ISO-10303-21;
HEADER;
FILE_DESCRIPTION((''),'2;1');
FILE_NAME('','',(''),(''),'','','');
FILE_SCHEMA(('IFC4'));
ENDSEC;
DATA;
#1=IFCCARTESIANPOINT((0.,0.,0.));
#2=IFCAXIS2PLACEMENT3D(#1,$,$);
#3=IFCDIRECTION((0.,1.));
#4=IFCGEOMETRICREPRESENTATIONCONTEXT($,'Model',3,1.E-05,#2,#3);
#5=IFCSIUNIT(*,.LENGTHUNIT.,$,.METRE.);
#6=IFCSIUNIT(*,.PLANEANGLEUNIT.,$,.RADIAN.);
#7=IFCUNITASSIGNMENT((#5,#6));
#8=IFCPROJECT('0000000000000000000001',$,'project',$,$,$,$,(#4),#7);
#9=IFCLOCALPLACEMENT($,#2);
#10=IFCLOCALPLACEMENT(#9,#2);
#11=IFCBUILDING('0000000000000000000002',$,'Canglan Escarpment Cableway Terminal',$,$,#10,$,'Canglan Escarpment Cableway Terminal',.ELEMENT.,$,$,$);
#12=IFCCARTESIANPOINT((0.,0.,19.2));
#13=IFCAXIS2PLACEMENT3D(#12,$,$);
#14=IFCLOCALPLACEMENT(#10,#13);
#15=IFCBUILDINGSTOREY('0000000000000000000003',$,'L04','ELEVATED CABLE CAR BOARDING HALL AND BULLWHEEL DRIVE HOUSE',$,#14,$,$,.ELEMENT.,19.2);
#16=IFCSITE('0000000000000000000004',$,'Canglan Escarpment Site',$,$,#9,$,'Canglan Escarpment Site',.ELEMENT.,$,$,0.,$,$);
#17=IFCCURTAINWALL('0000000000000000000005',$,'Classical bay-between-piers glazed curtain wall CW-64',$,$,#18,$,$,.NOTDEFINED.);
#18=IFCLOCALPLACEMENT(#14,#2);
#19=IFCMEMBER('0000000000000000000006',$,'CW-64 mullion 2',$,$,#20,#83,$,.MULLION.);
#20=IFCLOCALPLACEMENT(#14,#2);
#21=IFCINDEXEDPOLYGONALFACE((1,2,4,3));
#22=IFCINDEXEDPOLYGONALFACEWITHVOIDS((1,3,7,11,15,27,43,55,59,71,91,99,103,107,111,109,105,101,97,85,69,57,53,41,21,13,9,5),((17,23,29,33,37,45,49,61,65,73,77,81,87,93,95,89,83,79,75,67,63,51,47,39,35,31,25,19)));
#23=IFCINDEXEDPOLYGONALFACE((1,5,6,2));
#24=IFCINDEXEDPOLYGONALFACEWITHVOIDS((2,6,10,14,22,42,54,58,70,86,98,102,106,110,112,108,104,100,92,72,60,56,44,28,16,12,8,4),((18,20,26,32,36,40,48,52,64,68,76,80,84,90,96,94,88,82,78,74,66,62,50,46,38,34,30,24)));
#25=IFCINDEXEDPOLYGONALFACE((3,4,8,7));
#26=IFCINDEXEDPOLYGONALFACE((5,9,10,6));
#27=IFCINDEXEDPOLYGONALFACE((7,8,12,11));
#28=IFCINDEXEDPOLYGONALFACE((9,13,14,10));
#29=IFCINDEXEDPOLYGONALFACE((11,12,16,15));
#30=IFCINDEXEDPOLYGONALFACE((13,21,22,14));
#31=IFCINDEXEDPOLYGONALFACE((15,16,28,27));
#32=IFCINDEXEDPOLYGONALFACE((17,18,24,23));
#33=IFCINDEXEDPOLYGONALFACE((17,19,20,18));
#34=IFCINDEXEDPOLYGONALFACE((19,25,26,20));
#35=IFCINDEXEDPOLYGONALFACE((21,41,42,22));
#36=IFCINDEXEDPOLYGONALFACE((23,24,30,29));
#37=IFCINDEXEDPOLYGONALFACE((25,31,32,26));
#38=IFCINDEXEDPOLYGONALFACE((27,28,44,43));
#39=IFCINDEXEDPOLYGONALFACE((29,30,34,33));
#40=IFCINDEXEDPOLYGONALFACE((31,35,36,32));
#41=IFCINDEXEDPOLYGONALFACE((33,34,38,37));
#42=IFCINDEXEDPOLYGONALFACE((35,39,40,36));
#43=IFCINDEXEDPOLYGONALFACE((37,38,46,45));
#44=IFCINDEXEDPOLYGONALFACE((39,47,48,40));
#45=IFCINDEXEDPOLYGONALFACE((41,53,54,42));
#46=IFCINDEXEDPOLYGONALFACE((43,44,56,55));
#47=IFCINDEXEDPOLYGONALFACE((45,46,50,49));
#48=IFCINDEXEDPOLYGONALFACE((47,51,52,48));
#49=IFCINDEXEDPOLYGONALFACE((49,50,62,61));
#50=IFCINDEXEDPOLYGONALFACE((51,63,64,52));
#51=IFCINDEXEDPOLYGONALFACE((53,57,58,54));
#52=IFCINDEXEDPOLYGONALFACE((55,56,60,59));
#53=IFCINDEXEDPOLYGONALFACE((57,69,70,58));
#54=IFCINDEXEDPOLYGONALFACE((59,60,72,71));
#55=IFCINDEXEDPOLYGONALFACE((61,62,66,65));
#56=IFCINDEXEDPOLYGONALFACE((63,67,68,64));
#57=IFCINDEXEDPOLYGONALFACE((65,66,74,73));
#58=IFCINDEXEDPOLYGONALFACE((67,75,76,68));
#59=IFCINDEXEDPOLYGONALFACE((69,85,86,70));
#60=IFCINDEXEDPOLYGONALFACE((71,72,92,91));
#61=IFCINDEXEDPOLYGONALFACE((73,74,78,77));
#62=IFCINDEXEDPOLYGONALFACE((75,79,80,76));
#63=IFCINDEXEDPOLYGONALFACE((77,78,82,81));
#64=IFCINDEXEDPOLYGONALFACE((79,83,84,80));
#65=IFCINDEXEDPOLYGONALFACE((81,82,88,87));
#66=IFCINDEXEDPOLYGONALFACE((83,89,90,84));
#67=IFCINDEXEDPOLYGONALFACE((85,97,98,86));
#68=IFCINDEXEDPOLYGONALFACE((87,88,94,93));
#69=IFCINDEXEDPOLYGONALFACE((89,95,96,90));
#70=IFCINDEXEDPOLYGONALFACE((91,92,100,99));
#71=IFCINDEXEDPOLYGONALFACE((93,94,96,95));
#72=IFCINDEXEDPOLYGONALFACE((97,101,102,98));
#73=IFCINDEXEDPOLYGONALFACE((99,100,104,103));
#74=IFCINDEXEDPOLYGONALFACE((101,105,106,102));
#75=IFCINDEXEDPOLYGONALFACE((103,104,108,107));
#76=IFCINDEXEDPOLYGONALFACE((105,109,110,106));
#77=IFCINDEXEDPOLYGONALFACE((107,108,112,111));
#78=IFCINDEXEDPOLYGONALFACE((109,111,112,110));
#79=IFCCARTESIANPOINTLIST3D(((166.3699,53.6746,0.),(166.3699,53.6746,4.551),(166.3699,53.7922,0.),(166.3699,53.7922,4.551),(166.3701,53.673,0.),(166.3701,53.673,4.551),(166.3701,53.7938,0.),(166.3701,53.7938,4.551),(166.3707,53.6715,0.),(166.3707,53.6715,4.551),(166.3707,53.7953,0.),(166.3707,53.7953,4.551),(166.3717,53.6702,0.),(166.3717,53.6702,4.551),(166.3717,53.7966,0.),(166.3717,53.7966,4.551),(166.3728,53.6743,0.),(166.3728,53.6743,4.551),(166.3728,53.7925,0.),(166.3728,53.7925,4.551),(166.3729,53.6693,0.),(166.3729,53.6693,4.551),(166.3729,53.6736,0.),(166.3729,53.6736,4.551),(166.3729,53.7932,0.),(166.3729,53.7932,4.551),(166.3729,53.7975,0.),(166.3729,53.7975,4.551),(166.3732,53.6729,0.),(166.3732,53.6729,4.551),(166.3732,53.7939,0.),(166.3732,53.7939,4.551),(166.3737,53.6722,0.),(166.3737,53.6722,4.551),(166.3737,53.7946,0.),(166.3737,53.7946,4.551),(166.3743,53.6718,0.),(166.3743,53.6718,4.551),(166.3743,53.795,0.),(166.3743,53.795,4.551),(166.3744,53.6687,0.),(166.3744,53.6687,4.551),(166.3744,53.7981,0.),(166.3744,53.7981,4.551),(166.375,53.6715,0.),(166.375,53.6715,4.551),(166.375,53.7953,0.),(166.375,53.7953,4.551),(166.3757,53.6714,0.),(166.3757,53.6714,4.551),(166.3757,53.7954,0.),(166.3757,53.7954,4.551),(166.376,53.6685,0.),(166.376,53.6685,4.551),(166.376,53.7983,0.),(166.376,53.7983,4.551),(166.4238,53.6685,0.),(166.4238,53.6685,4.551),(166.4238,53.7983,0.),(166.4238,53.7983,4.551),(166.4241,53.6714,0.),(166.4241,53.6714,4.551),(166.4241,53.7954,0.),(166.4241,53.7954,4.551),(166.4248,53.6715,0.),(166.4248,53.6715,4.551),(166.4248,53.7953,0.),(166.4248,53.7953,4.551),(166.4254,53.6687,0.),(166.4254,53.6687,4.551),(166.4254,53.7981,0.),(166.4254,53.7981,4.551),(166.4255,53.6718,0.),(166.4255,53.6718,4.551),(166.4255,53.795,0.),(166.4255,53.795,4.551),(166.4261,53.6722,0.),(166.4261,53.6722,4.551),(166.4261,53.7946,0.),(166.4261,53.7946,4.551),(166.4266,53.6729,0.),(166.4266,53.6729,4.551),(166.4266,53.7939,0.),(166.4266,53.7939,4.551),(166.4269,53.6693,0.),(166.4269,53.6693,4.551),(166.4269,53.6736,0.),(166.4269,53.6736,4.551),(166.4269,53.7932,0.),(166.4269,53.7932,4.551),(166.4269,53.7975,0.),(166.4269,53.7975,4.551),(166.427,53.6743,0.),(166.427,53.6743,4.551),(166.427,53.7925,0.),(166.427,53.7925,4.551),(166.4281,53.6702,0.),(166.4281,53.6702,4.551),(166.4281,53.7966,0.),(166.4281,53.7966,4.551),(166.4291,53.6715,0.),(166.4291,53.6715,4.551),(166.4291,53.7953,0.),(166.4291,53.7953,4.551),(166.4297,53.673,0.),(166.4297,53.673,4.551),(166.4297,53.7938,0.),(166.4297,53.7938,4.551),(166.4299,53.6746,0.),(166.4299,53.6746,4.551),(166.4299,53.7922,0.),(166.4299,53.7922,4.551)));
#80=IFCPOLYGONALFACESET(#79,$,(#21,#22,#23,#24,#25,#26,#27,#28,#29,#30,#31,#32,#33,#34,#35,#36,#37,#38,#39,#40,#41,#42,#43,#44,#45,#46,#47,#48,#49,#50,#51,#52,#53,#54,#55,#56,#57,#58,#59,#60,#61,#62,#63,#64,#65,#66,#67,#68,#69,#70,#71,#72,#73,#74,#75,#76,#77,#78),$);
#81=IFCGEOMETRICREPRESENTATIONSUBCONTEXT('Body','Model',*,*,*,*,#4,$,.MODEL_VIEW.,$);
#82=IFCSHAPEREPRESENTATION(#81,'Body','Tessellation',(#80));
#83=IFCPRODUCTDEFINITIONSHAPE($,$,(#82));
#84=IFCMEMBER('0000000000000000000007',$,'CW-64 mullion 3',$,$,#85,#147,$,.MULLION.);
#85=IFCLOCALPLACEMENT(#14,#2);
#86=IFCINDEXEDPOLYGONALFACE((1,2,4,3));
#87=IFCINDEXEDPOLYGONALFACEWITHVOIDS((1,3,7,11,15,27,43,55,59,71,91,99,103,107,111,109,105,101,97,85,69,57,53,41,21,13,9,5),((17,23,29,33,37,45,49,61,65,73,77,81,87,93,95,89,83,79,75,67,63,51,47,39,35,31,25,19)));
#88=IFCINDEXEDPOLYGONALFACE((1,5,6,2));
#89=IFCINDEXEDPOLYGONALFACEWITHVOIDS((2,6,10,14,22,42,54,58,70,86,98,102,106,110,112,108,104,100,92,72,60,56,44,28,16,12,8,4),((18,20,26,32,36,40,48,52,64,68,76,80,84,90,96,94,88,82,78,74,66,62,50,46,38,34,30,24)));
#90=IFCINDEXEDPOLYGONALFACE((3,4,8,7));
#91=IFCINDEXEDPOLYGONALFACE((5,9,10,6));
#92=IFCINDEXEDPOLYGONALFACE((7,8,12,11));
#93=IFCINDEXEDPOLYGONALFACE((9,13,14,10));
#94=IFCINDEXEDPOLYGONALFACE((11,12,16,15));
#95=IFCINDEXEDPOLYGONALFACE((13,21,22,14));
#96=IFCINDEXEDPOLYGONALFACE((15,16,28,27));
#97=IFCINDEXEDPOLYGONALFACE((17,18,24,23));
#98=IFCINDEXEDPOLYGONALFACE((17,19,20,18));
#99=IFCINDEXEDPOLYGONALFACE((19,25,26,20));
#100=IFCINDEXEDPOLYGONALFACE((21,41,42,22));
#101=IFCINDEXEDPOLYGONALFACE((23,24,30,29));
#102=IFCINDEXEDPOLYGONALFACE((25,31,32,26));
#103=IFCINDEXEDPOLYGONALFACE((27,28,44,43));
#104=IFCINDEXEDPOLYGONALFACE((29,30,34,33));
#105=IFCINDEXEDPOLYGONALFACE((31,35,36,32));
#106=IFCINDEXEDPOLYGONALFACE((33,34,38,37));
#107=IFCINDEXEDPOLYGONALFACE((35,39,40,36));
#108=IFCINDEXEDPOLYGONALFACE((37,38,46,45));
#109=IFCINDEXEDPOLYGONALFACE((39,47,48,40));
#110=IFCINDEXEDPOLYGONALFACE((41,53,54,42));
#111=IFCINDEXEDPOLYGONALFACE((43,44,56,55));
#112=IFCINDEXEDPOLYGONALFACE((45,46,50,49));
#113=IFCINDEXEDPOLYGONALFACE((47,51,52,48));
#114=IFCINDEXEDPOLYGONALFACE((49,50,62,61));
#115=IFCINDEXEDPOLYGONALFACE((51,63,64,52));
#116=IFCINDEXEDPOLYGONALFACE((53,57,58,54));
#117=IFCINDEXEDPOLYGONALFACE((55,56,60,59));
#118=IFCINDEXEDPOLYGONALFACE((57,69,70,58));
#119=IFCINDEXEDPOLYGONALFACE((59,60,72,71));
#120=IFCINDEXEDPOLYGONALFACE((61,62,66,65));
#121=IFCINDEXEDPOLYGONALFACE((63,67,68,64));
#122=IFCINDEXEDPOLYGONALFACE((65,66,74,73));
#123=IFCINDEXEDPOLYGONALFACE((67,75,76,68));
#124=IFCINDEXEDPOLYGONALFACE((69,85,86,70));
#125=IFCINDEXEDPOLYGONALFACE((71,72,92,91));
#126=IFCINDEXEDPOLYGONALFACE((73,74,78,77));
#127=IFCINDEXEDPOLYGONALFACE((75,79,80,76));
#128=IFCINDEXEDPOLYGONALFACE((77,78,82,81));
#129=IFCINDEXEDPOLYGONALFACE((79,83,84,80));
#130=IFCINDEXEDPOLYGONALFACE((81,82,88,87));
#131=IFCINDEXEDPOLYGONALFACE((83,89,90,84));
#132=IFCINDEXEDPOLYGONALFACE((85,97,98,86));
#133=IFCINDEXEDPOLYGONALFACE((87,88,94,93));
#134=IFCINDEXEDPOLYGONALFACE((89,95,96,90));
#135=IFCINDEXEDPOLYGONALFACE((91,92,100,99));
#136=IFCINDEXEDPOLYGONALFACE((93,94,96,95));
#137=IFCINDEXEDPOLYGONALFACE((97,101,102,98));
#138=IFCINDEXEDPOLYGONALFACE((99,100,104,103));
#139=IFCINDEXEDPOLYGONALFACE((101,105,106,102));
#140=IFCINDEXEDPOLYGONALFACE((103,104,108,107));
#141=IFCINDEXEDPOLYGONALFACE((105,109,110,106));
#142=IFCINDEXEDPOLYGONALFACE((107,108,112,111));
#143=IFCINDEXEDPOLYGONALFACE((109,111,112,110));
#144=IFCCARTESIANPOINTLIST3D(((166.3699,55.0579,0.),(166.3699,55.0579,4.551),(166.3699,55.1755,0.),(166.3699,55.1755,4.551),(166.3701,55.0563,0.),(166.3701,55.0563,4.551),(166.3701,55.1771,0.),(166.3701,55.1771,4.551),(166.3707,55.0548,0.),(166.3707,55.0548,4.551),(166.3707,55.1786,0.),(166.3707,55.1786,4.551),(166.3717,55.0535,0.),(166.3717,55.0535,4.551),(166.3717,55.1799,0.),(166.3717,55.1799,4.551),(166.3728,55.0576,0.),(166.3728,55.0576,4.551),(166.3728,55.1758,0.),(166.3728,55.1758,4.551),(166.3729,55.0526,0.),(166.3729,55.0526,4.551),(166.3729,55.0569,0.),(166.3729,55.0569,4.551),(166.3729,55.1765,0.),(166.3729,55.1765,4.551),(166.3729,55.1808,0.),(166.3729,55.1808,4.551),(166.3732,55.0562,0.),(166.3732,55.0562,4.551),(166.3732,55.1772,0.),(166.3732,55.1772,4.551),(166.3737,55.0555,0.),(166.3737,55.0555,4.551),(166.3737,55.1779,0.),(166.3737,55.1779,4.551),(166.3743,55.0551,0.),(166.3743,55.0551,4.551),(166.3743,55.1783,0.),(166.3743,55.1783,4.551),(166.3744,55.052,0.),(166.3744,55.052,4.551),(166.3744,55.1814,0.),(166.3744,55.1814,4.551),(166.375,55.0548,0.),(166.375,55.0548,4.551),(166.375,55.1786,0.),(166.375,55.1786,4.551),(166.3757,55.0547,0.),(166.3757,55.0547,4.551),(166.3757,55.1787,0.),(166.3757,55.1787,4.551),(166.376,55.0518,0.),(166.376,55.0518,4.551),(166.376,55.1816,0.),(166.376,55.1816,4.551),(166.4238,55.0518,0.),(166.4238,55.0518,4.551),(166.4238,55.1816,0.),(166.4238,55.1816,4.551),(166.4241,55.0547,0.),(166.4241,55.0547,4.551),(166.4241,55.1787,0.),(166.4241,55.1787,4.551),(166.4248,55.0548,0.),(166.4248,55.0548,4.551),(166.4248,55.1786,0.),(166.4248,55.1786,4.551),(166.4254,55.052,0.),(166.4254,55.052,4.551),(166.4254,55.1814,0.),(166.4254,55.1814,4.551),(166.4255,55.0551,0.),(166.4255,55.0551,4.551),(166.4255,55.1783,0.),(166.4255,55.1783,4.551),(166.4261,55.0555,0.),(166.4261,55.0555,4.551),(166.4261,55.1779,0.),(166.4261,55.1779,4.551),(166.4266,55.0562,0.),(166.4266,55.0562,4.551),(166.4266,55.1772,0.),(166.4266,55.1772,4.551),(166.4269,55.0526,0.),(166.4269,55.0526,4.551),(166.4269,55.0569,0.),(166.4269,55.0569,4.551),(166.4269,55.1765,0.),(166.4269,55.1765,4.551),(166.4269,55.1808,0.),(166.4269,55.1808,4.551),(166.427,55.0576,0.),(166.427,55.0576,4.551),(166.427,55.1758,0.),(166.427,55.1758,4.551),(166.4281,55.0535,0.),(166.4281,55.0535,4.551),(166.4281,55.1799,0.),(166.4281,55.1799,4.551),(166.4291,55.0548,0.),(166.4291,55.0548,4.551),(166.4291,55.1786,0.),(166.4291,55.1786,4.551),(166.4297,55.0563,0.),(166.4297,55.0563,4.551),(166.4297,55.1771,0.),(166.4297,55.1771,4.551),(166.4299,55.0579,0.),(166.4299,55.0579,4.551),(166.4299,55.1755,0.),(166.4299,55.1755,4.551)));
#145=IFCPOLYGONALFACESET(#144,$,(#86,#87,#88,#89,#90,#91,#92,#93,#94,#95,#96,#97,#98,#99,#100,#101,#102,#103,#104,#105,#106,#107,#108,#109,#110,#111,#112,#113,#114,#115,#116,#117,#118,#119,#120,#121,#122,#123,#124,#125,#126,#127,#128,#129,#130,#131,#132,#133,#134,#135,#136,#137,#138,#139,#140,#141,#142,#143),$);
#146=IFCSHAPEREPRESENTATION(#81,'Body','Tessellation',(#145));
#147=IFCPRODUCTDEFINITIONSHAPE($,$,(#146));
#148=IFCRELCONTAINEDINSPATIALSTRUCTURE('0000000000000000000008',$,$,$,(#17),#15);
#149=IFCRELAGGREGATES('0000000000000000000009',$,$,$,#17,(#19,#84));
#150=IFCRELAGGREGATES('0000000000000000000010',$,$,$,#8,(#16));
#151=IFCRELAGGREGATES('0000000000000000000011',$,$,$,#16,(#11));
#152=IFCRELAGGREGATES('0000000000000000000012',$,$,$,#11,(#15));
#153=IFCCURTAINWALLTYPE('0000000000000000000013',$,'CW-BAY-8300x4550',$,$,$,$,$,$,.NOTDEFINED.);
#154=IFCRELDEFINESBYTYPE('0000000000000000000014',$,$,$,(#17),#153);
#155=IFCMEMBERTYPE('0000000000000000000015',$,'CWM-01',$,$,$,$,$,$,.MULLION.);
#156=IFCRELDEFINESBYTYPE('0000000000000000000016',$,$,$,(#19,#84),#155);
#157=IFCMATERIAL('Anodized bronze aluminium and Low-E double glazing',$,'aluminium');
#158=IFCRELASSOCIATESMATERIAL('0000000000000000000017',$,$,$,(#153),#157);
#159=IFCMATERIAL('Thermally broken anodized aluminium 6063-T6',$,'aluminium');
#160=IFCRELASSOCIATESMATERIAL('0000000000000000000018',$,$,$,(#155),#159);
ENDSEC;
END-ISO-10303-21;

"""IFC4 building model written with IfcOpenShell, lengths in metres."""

from ifc_helpers import new_model, si_unit, direction, frame, origin, origin_2d, place, context, subcontext, project, spatial, hollow_rectangle, extrude, material, material_profile, profile_set, type_object, element, aggregate, save


model = new_model("IFC4")

# Units and contexts
model_context = context("Model", 3, precision=1e-05, world=origin(), true_north=direction((0.0, 1.0)))
body_context = subcontext(model_context, "Body", "Model", "MODEL_VIEW")
ifc_project = project(units=[si_unit("LENGTHUNIT", "METRE"), si_unit("PLANEANGLEUNIT", "RADIAN")], contexts=[model_context])

# Site, building, storey
site_placement = place(None, origin())
site = spatial("IfcSite", under=ifc_project, at=site_placement, Name="Canglan Escarpment Site", LongName="Canglan Escarpment Site", CompositionType="ELEMENT", RefElevation=0.0)
building_placement = place(site_placement, origin())
building = spatial("IfcBuilding", under=site, at=building_placement, Name="Canglan Escarpment Cableway Terminal", LongName="Canglan Escarpment Cableway Terminal", CompositionType="ELEMENT")
storey_placement = place(building_placement, frame((0.0, 0.0, 19.2)))
storey = spatial("IfcBuildingStorey", under=building, at=storey_placement, Name="L04", Description="ELEVATED CABLE CAR BOARDING HALL AND BULLWHEEL DRIVE HOUSE", CompositionType="ELEMENT", Elevation=19.2)

# Curtain wall, members
ifc_material_1 = material(Name="Anodized bronze aluminium and Low-E double glazing", Category="aluminium")
curtain_wall_type = type_object("IfcCurtainWallType", Name="CW-BAY-8300x4550", PredefinedType="NOTDEFINED", material=ifc_material_1)
curtain_wall_placement = place(storey_placement, origin())
curtain_wall = element("IfcCurtainWall", 1, at=curtain_wall_placement, inside=storey, type_object=curtain_wall_type, Name="Classical bay-between-piers glazed curtain wall CW-64", PredefinedType="NOTDEFINED")
ifc_material_2 = material(Name="Thermally broken anodized aluminium 6063-T6", Category="aluminium")
ifc_material_profile_1 = material_profile(ifc_material_2, hollow_rectangle(XDim=0.0601, YDim=0.1299, WallThickness=0.0029, InnerFilletRadius=0.0029, OuterFilletRadius=0.0061, at=origin_2d()), Name="ALU-MULL 60x130x3")
ifc_profile_set_1 = profile_set([ifc_material_profile_1], Name="Thermally broken anodized aluminium 6063-T6")
member_type_1 = type_object("IfcMemberType", Name="CWM-01", PredefinedType="MULLION", material=ifc_profile_set_1)
member_1_placement = place(storey_placement, frame((166.3999, 53.7334, 0.0), z_axis=(0.0, 0.0, 1.0), x_axis=(-1.0, 0.0, 0.0)))
member_1 = element("IfcMember", 2, at=member_1_placement, type_object=member_type_1, Name="CW-64 mullion 2", PredefinedType="MULLION", context=body_context, shape_type="SweptSolid", body=[
    extrude(hollow_rectangle(XDim=0.0601, YDim=0.1299, WallThickness=0.0029, InnerFilletRadius=0.0029, OuterFilletRadius=0.0061, at=origin_2d()), origin(), (0.0, 0.0, 1.0), 4.551),
])
member_2_placement = place(storey_placement, frame((166.3999, 55.1167, 0.0), z_axis=(0.0, 0.0, 1.0), x_axis=(-1.0, 0.0, 0.0)))
member_2 = element("IfcMember", 3, at=member_2_placement, type_object=member_type_1, Name="CW-64 mullion 3", PredefinedType="MULLION", context=body_context, shape_type="SweptSolid", body=[
    extrude(hollow_rectangle(XDim=0.0601, YDim=0.1299, WallThickness=0.0029, InnerFilletRadius=0.0029, OuterFilletRadius=0.0061, at=origin_2d()), origin(), (0.0, 0.0, 1.0), 4.551),
])
aggregate(curtain_wall, [member_1, member_2])

save(model, "model.ifc")
